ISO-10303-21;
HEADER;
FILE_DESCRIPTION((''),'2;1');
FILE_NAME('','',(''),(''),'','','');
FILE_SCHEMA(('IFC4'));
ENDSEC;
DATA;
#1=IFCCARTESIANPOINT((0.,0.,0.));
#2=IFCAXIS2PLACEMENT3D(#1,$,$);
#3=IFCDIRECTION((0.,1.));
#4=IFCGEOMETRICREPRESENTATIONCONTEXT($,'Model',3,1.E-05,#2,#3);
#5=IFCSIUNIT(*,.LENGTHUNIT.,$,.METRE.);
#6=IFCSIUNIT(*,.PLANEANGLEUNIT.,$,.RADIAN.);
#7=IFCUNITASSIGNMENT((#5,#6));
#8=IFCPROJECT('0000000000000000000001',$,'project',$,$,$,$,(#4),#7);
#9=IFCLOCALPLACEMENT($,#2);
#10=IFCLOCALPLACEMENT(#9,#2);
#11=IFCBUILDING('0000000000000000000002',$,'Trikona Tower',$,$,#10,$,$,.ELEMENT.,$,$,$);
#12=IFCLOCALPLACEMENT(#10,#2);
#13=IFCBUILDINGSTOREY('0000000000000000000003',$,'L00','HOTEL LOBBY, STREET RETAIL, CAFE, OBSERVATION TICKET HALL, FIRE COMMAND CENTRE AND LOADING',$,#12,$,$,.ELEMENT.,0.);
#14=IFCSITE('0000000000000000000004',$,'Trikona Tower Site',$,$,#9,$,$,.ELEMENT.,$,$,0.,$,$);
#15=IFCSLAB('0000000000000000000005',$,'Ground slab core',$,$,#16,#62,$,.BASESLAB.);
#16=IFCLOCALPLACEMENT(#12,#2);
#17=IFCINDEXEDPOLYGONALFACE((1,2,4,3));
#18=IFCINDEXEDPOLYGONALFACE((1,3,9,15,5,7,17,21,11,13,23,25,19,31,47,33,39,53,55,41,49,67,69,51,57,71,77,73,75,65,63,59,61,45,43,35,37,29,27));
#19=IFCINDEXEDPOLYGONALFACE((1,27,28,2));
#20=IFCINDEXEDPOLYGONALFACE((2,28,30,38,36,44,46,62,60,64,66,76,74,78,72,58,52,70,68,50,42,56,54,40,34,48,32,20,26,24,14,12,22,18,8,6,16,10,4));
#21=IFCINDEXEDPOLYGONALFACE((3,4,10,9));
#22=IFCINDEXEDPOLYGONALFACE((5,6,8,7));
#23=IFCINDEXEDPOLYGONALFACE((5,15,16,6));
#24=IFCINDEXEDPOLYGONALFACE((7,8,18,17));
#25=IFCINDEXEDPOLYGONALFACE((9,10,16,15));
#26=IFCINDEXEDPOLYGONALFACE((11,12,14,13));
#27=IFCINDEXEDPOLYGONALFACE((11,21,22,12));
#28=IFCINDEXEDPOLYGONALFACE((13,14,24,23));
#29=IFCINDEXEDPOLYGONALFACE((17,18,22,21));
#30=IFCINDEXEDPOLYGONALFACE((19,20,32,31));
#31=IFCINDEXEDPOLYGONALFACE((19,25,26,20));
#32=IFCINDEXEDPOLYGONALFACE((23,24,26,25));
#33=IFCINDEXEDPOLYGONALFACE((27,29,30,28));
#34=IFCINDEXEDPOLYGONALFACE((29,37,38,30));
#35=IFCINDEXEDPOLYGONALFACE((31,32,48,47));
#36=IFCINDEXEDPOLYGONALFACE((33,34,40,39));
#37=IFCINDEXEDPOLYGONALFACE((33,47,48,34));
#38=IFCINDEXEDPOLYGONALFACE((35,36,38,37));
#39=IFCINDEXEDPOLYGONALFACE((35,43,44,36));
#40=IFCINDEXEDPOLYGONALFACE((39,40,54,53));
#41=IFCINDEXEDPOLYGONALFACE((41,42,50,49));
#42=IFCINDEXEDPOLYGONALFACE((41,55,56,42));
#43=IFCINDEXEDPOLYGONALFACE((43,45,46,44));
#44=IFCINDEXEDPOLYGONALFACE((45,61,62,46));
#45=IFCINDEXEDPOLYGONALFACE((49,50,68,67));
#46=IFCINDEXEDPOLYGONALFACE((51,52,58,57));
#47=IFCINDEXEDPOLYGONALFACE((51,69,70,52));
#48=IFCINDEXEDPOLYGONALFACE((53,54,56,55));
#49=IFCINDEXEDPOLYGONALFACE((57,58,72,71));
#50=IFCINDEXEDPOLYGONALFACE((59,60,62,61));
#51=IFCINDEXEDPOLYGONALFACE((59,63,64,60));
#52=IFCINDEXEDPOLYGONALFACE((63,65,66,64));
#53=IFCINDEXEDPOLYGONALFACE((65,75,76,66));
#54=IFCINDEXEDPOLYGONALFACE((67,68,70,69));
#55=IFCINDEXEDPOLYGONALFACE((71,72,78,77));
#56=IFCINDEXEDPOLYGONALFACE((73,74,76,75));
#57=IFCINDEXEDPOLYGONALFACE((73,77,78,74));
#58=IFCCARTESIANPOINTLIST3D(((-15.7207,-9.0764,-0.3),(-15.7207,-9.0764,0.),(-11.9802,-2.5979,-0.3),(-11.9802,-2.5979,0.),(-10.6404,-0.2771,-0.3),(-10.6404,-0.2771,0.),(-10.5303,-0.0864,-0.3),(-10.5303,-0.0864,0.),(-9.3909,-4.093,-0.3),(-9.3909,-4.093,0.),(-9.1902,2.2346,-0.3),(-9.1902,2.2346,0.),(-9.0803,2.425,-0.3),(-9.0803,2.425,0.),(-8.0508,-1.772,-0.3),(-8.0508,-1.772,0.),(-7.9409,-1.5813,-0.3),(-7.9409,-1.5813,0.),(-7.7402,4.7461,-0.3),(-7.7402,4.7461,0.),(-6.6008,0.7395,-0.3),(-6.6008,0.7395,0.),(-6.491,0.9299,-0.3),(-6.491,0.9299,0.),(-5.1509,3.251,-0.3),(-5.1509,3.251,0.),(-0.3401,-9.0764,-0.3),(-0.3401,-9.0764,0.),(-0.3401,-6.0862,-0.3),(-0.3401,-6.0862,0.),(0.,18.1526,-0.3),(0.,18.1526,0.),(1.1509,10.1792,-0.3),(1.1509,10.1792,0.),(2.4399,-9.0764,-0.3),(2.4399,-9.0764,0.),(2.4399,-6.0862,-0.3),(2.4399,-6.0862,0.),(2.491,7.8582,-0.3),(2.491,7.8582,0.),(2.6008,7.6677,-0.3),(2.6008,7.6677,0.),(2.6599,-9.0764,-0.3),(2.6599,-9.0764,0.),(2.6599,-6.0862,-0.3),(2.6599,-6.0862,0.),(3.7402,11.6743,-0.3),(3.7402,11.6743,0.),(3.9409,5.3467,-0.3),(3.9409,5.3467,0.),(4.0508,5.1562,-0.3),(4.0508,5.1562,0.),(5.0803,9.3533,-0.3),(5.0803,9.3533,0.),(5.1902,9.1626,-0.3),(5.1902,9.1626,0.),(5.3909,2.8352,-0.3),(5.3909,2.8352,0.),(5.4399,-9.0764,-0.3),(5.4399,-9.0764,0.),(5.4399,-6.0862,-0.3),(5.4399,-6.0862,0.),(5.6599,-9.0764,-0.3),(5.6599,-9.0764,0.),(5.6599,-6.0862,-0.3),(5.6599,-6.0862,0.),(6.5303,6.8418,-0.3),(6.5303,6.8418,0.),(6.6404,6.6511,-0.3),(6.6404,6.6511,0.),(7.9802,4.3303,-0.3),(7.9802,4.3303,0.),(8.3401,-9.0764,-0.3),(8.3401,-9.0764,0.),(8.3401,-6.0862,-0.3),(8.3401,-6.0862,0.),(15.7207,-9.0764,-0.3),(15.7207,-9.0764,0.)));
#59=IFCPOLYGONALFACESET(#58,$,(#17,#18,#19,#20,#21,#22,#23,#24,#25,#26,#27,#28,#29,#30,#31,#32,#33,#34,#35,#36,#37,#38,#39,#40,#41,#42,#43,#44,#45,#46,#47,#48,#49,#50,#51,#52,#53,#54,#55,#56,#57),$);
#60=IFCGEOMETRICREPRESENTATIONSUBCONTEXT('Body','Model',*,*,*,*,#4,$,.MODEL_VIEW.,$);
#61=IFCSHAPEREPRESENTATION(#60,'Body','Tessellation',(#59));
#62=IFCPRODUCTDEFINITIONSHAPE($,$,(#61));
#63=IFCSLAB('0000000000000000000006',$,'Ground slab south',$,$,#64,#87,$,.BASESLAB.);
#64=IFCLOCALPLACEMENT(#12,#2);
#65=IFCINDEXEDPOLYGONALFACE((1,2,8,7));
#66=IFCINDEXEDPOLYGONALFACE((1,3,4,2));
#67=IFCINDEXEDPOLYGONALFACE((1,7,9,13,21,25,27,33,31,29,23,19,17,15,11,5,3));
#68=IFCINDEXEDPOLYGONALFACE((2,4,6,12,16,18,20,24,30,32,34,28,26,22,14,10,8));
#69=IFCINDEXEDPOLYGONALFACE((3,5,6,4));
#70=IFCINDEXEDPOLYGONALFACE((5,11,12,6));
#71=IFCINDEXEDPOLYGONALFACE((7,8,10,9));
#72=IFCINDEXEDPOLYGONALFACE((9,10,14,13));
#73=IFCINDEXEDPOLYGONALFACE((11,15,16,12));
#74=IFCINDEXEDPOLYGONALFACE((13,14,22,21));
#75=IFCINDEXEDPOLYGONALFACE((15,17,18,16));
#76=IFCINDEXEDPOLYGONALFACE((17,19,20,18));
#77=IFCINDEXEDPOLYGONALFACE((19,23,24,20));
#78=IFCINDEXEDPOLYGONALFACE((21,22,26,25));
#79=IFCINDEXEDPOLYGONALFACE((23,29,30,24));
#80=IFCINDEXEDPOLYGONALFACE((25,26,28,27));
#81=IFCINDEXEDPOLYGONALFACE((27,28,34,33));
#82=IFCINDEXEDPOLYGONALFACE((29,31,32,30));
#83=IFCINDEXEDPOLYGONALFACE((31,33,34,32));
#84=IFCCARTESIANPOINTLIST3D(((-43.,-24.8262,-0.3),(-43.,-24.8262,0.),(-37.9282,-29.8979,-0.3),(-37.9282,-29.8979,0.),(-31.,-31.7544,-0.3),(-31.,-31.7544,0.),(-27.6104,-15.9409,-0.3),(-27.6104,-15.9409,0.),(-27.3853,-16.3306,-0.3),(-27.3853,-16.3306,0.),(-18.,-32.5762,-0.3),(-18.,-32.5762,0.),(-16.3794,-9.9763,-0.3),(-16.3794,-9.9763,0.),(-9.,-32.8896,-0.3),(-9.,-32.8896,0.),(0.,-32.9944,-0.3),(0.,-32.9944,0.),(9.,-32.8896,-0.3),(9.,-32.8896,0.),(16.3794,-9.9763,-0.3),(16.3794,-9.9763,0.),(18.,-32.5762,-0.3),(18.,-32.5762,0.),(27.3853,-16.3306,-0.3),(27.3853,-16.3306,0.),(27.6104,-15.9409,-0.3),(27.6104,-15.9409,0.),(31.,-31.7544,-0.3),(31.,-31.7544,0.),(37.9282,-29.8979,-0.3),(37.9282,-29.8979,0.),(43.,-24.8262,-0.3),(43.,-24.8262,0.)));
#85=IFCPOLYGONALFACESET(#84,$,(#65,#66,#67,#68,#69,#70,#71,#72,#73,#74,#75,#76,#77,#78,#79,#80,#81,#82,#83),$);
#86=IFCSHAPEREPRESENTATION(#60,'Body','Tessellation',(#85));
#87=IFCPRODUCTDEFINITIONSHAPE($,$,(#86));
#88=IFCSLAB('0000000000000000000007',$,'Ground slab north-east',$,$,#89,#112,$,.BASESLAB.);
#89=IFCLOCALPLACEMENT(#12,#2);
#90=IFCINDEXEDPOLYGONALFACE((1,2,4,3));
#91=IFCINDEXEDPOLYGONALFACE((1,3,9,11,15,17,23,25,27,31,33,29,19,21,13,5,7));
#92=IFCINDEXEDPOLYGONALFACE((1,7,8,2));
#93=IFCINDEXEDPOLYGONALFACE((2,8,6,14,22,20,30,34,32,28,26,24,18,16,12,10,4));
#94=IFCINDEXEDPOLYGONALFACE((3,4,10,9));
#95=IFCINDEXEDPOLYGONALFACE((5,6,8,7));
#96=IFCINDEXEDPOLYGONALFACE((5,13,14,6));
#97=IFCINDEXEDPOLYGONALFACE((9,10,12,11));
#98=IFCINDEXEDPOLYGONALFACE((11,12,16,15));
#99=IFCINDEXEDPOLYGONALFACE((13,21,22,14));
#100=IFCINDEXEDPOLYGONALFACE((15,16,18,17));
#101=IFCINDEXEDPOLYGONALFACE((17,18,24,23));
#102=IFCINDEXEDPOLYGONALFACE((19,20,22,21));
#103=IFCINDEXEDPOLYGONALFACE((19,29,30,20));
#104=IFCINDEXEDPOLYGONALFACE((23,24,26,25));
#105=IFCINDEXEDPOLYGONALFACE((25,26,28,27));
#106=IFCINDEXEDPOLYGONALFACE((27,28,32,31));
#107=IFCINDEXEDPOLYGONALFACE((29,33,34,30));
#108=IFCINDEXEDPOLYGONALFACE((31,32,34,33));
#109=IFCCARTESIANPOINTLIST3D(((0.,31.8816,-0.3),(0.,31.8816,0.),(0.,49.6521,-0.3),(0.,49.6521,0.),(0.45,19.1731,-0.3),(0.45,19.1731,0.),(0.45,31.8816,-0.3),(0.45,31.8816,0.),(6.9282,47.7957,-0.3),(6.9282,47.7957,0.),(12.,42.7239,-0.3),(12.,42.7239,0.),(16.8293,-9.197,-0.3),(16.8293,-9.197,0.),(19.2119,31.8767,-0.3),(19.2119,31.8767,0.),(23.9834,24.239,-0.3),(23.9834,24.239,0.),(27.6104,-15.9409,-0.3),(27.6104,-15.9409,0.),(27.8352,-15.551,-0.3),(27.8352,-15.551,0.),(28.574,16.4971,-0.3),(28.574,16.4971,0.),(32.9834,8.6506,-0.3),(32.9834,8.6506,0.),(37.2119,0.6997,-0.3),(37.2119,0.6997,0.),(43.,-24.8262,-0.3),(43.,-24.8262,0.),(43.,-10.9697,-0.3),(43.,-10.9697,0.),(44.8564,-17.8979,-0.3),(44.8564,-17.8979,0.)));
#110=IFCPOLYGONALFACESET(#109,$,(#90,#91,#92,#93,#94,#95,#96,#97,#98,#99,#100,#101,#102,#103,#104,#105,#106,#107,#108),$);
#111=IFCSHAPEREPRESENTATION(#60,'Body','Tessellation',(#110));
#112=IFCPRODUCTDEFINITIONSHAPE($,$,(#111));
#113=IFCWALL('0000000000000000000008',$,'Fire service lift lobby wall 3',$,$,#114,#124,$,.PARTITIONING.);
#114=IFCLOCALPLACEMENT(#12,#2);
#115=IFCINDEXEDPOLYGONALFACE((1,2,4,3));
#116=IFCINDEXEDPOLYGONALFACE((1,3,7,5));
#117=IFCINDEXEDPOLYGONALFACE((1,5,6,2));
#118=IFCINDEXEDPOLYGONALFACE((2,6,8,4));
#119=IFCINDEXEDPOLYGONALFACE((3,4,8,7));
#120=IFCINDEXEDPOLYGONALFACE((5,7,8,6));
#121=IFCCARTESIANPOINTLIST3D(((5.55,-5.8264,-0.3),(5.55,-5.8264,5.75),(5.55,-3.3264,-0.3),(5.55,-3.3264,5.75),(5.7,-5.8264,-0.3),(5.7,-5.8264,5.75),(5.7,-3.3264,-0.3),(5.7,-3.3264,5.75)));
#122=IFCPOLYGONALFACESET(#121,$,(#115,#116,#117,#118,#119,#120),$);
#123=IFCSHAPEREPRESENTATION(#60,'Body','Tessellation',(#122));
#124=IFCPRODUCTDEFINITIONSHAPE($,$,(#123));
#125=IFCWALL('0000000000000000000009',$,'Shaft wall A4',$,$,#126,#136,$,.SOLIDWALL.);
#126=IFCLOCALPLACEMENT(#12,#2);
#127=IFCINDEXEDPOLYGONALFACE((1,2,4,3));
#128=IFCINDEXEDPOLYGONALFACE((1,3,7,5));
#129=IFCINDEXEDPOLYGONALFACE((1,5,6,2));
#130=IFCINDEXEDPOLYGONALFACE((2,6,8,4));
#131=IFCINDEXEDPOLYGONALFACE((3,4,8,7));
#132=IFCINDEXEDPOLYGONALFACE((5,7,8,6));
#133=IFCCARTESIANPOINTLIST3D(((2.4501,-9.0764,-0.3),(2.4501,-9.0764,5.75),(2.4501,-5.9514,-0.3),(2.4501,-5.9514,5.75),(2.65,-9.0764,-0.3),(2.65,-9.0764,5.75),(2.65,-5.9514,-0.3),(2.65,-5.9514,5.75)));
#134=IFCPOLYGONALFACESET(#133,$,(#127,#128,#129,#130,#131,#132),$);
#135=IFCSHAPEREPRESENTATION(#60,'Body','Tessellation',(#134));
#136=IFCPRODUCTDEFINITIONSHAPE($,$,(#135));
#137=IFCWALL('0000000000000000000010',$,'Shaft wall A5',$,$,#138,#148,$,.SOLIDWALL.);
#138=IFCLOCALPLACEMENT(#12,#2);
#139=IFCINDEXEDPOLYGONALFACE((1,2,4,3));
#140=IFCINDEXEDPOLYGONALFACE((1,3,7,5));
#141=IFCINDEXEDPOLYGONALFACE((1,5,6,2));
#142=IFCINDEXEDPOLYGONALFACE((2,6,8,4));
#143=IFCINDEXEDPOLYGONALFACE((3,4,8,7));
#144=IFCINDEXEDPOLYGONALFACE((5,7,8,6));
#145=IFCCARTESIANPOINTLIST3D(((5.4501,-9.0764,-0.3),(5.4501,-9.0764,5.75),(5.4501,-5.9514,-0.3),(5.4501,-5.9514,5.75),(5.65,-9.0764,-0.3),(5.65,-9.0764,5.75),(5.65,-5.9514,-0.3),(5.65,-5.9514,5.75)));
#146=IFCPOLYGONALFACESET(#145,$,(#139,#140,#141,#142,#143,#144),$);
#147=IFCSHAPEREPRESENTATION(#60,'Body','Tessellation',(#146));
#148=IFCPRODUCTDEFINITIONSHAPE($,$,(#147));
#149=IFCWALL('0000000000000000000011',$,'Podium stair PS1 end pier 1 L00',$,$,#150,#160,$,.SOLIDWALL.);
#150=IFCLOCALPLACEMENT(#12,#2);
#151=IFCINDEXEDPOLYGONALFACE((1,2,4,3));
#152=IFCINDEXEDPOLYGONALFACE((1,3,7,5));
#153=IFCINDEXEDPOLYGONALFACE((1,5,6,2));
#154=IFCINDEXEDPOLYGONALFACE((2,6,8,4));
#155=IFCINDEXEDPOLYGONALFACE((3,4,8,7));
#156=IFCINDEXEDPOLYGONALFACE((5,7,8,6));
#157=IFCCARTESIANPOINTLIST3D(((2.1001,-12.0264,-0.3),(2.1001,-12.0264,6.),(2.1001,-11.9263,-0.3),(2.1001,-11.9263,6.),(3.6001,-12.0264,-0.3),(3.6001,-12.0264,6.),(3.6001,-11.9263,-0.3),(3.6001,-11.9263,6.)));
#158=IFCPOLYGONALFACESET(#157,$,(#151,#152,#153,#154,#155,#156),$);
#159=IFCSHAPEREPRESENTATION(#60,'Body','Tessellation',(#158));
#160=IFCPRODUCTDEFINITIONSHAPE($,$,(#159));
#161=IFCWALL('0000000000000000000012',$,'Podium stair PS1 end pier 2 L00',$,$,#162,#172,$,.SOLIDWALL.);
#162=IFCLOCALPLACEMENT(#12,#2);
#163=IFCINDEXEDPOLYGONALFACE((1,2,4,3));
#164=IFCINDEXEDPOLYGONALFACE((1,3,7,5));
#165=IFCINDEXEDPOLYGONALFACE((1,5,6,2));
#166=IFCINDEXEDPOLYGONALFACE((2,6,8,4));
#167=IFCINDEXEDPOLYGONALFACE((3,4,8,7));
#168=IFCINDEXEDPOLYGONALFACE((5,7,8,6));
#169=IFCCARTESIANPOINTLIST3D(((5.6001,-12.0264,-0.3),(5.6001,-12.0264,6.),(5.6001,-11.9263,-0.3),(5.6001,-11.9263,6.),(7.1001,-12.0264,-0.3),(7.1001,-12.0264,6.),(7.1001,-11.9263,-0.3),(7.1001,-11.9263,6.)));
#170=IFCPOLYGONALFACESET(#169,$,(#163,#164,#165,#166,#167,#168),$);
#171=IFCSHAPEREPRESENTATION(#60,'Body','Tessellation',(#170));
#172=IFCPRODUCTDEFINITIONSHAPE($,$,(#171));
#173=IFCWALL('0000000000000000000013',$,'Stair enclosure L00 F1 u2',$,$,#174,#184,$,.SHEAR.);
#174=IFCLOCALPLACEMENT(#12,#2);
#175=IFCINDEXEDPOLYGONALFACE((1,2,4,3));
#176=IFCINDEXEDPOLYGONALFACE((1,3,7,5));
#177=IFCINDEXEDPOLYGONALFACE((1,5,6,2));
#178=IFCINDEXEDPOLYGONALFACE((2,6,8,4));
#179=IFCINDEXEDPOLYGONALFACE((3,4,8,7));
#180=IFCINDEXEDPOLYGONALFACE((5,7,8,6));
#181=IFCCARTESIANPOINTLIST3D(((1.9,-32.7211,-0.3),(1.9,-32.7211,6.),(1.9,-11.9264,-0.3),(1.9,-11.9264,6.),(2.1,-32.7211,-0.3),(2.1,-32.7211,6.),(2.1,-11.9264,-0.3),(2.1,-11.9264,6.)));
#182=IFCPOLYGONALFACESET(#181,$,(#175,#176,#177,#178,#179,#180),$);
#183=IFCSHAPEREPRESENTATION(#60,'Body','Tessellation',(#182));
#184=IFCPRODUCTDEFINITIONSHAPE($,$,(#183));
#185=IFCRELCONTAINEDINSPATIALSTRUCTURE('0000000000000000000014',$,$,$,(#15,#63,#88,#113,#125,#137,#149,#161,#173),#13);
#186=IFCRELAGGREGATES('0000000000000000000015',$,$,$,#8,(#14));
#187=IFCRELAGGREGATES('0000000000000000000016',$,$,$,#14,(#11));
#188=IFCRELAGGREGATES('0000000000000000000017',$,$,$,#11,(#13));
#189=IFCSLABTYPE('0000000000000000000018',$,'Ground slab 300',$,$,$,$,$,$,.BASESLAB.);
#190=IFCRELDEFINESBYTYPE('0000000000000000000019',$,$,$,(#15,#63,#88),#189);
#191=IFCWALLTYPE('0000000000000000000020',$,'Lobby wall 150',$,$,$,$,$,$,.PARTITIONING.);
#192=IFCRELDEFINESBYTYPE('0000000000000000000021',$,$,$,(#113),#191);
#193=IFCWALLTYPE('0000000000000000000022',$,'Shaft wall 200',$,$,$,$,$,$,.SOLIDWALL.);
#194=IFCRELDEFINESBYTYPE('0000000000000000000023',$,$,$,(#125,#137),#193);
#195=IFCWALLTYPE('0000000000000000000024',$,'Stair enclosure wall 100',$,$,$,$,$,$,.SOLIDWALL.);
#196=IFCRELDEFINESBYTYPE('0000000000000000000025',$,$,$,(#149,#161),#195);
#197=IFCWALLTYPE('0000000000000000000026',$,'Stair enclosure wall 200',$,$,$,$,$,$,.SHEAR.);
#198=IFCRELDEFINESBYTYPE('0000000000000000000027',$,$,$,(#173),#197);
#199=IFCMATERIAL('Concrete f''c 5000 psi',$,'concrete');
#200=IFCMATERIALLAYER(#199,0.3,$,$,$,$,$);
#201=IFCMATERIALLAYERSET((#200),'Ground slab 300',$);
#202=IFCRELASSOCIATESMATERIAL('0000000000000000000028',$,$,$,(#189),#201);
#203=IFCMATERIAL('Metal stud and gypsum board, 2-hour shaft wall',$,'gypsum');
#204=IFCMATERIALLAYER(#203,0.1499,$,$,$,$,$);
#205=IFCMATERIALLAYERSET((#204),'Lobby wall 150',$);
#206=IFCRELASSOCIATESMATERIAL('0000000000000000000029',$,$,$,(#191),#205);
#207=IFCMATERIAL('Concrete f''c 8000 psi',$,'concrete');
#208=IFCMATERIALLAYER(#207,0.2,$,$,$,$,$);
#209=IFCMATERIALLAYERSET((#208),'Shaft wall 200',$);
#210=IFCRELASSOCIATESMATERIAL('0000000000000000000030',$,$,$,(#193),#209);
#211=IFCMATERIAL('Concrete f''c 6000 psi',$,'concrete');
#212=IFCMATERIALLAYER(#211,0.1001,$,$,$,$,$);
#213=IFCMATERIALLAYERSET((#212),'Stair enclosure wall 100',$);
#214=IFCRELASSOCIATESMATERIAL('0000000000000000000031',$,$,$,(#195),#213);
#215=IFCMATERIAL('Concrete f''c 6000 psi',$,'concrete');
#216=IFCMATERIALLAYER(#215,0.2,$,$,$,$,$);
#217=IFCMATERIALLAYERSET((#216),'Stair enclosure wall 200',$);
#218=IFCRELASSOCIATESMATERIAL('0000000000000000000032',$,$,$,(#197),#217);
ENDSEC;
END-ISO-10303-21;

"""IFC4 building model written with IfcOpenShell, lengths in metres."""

from ifc_helpers import new_model, si_unit, direction, frame, frame_2d, origin, place, context, subcontext, project, spatial, polyline, rectangle, outline, extrude, material, layer, layer_set, type_object, element, save


model = new_model("IFC4")

# Units and contexts
model_context = context("Model", 3, precision=1e-05, world=origin(), true_north=direction((0.0, 1.0)))
body_context = subcontext(model_context, "Body", "Model", "MODEL_VIEW")
ifc_project = project(units=[si_unit("LENGTHUNIT", "METRE"), si_unit("PLANEANGLEUNIT", "RADIAN")], contexts=[model_context])

# Site, building, storey
site_placement = place(None, origin())
site = spatial("IfcSite", under=ifc_project, at=site_placement, Name="Trikona Tower Site", CompositionType="ELEMENT", RefElevation=0.0)
building_placement = place(site_placement, origin())
building = spatial("IfcBuilding", under=site, at=building_placement, Name="Trikona Tower", CompositionType="ELEMENT")
storey_placement = place(building_placement, origin())
storey = spatial("IfcBuildingStorey", under=building, at=storey_placement, Name="L00", Description="HOTEL LOBBY, STREET RETAIL, CAFE, OBSERVATION TICKET HALL, FIRE COMMAND CENTRE AND LOADING", CompositionType="ELEMENT", Elevation=0.0)

# Slabs
ifc_material_1 = material(Name="Concrete f'c 5000 psi", Category="concrete")
ifc_layer_1 = layer(ifc_material_1, 0.3)
ifc_layer_set_1 = layer_set([ifc_layer_1], Name="Ground slab 300")
slab_type = type_object("IfcSlabType", Name="Ground slab 300", PredefinedType="BASESLAB", material=ifc_layer_set_1)
slab_1_placement = place(storey_placement, frame((0.0, 0.0, -0.3)))
element("IfcSlab", 1, at=slab_1_placement, inside=storey, type_object=slab_type, Name="Ground slab core", PredefinedType="BASESLAB", context=body_context, shape_type="SweptSolid", body=[
    extrude(outline(polyline([(-15.7207, -9.0764), (-0.3401, -9.0764), (-0.3401, -6.0862), (2.4399, -6.0862), (2.4399, -9.0764), (2.6599, -9.0764), (2.6599, -6.0862), (5.4399, -6.0862), (5.4399, -9.0764), (5.6599, -9.0764), (5.6599, -6.0862), (8.3401, -6.0862), (8.3401, -9.0764), (15.7207, -9.0764), (7.9802, 4.3303), (5.3909, 2.8352), (4.0508, 5.1562), (6.6404, 6.6511), (6.5303, 6.8418), (3.9409, 5.3467), (2.6008, 7.6677), (5.1902, 9.1626), (5.0803, 9.3533), (2.491, 7.8582), (1.1509, 10.1792), (3.7402, 11.6743), (0.0, 18.1526), (-7.7402, 4.7461), (-5.1509, 3.251), (-6.491, 0.9299), (-9.0803, 2.425), (-9.1902, 2.2346), (-6.6008, 0.7395), (-7.9409, -1.5813), (-10.5303, -0.0864), (-10.6404, -0.2771), (-8.0508, -1.772), (-9.3909, -4.093), (-11.9802, -2.5979), (-15.7207, -9.0764)])), origin(), (0.0, 0.0, 1.0), 0.3),
])
slab_2_placement = place(storey_placement, frame((0.0, 0.0, -0.3)))
element("IfcSlab", 2, at=slab_2_placement, inside=storey, type_object=slab_type, Name="Ground slab south", PredefinedType="BASESLAB", context=body_context, shape_type="SweptSolid", body=[
    extrude(outline(polyline([(43.0, -24.8262), (27.6104, -15.9409), (27.3853, -16.3306), (16.3794, -9.9763), (-16.3794, -9.9763), (-27.3853, -16.3306), (-27.6104, -15.9409), (-43.0, -24.8262), (-37.9282, -29.8979), (-31.0, -31.7544), (-18.0, -32.5762), (-9.0, -32.8896), (0.0, -32.9944), (9.0, -32.8896), (18.0, -32.5762), (31.0, -31.7544), (37.9282, -29.8979), (43.0, -24.8262)])), origin(), (0.0, 0.0, 1.0), 0.3),
])
slab_3_placement = place(storey_placement, frame((0.0, 0.0, -0.3)))
element("IfcSlab", 3, at=slab_3_placement, inside=storey, type_object=slab_type, Name="Ground slab north-east", PredefinedType="BASESLAB", context=body_context, shape_type="SweptSolid", body=[
    extrude(outline(polyline([(6.9282, 47.7957), (0.0, 49.6521), (0.0, 31.8816), (0.45, 31.8816), (0.45, 19.1731), (16.8293, -9.197), (27.8352, -15.551), (27.6104, -15.9409), (43.0, -24.8262), (44.8564, -17.8979), (43.0, -10.9697), (37.2119, 0.6997), (32.9834, 8.6506), (28.574, 16.4971), (23.9834, 24.239), (19.2119, 31.8767), (12.0, 42.7239), (6.9282, 47.7957)])), origin(), (0.0, 0.0, 1.0), 0.3),
])

# Walls
ifc_material_2 = material(Name="Metal stud and gypsum board, 2-hour shaft wall", Category="gypsum")
ifc_layer_2 = layer(ifc_material_2, 0.1499)
ifc_layer_set_2 = layer_set([ifc_layer_2], Name="Lobby wall 150")
wall_type_1 = type_object("IfcWallType", Name="Lobby wall 150", PredefinedType="PARTITIONING", material=ifc_layer_set_2)
wall_1_placement = place(storey_placement, frame((5.625, -5.8264, -0.3), z_axis=(0.0, 0.0, 1.0), x_axis=(0.0, 1.0, 0.0)))
element("IfcWall", 4, at=wall_1_placement, inside=storey, type_object=wall_type_1, Name="Fire service lift lobby wall 3", PredefinedType="PARTITIONING", context=body_context, shape_type="SweptSolid", body=[
    extrude(rectangle(XDim=2.5, YDim=0.1499, at=frame_2d((1.25, 0.0))), origin(), (0.0, 0.0, 1.0), 6.05),
])
ifc_material_3 = material(Name="Concrete f'c 8000 psi", Category="concrete")
ifc_layer_3 = layer(ifc_material_3, 0.2)
ifc_layer_set_3 = layer_set([ifc_layer_3], Name="Shaft wall 200")
wall_type_2 = type_object("IfcWallType", Name="Shaft wall 200", PredefinedType="SOLIDWALL", material=ifc_layer_set_3)
for number, where, z_axis, x_axis, name in (
    (5, (2.55, -5.9514, -0.3), (0.0, 0.0, 1.0), (0.0, -1.0, 0.0), "Shaft wall A4"),
    (6, (5.55, -5.9514, -0.3), (0.0, 0.0, 1.0), (0.0, -1.0, 0.0), "Shaft wall A5"),
):
    element("IfcWall", number, at=place(storey_placement, frame(where, z_axis=z_axis, x_axis=x_axis)), inside=storey, type_object=wall_type_2, Name=name, PredefinedType="SOLIDWALL", context=body_context, shape_type="SweptSolid", body=[
        extrude(rectangle(XDim=3.125, YDim=0.2, at=frame_2d((1.5625, 0.0))), origin(), (0.0, 0.0, 1.0), 6.05),
    ])
ifc_material_4 = material(Name="Concrete f'c 6000 psi", Category="concrete")
ifc_layer_4 = layer(ifc_material_4, 0.1001)
ifc_layer_set_4 = layer_set([ifc_layer_4], Name="Stair enclosure wall 100")
wall_type_3 = type_object("IfcWallType", Name="Stair enclosure wall 100", PredefinedType="SOLIDWALL", material=ifc_layer_set_4)
for number, where, z_axis, x_axis, name in (
    (7, (2.1001, -11.9763, -0.3), (0.0, 0.0, 1.0), (1.0, 0.0, 0.0), "Podium stair PS1 end pier 1 L00"),
    (8, (5.6001, -11.9763, -0.3), (0.0, 0.0, 1.0), (1.0, 0.0, 0.0), "Podium stair PS1 end pier 2 L00"),
):
    element("IfcWall", number, at=place(storey_placement, frame(where, z_axis=z_axis, x_axis=x_axis)), inside=storey, type_object=wall_type_3, Name=name, PredefinedType="SOLIDWALL", context=body_context, shape_type="SweptSolid", body=[
        extrude(rectangle(XDim=1.5, YDim=0.1001, at=frame_2d((0.75, 0.0))), origin(), (0.0, 0.0, 1.0), 6.3),
    ])
ifc_material_5 = material(Name="Concrete f'c 6000 psi", Category="concrete")
ifc_layer_5 = layer(ifc_material_5, 0.2)
ifc_layer_set_5 = layer_set([ifc_layer_5], Name="Stair enclosure wall 200")
wall_type_4 = type_object("IfcWallType", Name="Stair enclosure wall 200", PredefinedType="SHEAR", material=ifc_layer_set_5)
wall_2_placement = place(storey_placement, frame((2.0, -11.9263, -0.3), z_axis=(0.0, 0.0, 1.0), x_axis=(0.0, -1.0, 0.0)))
element("IfcWall", 9, at=wall_2_placement, inside=storey, type_object=wall_type_4, Name="Stair enclosure L00 F1 u2", PredefinedType="SHEAR", context=body_context, shape_type="SweptSolid", body=[
    extrude(rectangle(XDim=20.7947, YDim=0.2, at=frame_2d((10.3975, 0.0))), origin(), (0.0, 0.0, 1.0), 6.3),
])

save(model, "model.ifc")
